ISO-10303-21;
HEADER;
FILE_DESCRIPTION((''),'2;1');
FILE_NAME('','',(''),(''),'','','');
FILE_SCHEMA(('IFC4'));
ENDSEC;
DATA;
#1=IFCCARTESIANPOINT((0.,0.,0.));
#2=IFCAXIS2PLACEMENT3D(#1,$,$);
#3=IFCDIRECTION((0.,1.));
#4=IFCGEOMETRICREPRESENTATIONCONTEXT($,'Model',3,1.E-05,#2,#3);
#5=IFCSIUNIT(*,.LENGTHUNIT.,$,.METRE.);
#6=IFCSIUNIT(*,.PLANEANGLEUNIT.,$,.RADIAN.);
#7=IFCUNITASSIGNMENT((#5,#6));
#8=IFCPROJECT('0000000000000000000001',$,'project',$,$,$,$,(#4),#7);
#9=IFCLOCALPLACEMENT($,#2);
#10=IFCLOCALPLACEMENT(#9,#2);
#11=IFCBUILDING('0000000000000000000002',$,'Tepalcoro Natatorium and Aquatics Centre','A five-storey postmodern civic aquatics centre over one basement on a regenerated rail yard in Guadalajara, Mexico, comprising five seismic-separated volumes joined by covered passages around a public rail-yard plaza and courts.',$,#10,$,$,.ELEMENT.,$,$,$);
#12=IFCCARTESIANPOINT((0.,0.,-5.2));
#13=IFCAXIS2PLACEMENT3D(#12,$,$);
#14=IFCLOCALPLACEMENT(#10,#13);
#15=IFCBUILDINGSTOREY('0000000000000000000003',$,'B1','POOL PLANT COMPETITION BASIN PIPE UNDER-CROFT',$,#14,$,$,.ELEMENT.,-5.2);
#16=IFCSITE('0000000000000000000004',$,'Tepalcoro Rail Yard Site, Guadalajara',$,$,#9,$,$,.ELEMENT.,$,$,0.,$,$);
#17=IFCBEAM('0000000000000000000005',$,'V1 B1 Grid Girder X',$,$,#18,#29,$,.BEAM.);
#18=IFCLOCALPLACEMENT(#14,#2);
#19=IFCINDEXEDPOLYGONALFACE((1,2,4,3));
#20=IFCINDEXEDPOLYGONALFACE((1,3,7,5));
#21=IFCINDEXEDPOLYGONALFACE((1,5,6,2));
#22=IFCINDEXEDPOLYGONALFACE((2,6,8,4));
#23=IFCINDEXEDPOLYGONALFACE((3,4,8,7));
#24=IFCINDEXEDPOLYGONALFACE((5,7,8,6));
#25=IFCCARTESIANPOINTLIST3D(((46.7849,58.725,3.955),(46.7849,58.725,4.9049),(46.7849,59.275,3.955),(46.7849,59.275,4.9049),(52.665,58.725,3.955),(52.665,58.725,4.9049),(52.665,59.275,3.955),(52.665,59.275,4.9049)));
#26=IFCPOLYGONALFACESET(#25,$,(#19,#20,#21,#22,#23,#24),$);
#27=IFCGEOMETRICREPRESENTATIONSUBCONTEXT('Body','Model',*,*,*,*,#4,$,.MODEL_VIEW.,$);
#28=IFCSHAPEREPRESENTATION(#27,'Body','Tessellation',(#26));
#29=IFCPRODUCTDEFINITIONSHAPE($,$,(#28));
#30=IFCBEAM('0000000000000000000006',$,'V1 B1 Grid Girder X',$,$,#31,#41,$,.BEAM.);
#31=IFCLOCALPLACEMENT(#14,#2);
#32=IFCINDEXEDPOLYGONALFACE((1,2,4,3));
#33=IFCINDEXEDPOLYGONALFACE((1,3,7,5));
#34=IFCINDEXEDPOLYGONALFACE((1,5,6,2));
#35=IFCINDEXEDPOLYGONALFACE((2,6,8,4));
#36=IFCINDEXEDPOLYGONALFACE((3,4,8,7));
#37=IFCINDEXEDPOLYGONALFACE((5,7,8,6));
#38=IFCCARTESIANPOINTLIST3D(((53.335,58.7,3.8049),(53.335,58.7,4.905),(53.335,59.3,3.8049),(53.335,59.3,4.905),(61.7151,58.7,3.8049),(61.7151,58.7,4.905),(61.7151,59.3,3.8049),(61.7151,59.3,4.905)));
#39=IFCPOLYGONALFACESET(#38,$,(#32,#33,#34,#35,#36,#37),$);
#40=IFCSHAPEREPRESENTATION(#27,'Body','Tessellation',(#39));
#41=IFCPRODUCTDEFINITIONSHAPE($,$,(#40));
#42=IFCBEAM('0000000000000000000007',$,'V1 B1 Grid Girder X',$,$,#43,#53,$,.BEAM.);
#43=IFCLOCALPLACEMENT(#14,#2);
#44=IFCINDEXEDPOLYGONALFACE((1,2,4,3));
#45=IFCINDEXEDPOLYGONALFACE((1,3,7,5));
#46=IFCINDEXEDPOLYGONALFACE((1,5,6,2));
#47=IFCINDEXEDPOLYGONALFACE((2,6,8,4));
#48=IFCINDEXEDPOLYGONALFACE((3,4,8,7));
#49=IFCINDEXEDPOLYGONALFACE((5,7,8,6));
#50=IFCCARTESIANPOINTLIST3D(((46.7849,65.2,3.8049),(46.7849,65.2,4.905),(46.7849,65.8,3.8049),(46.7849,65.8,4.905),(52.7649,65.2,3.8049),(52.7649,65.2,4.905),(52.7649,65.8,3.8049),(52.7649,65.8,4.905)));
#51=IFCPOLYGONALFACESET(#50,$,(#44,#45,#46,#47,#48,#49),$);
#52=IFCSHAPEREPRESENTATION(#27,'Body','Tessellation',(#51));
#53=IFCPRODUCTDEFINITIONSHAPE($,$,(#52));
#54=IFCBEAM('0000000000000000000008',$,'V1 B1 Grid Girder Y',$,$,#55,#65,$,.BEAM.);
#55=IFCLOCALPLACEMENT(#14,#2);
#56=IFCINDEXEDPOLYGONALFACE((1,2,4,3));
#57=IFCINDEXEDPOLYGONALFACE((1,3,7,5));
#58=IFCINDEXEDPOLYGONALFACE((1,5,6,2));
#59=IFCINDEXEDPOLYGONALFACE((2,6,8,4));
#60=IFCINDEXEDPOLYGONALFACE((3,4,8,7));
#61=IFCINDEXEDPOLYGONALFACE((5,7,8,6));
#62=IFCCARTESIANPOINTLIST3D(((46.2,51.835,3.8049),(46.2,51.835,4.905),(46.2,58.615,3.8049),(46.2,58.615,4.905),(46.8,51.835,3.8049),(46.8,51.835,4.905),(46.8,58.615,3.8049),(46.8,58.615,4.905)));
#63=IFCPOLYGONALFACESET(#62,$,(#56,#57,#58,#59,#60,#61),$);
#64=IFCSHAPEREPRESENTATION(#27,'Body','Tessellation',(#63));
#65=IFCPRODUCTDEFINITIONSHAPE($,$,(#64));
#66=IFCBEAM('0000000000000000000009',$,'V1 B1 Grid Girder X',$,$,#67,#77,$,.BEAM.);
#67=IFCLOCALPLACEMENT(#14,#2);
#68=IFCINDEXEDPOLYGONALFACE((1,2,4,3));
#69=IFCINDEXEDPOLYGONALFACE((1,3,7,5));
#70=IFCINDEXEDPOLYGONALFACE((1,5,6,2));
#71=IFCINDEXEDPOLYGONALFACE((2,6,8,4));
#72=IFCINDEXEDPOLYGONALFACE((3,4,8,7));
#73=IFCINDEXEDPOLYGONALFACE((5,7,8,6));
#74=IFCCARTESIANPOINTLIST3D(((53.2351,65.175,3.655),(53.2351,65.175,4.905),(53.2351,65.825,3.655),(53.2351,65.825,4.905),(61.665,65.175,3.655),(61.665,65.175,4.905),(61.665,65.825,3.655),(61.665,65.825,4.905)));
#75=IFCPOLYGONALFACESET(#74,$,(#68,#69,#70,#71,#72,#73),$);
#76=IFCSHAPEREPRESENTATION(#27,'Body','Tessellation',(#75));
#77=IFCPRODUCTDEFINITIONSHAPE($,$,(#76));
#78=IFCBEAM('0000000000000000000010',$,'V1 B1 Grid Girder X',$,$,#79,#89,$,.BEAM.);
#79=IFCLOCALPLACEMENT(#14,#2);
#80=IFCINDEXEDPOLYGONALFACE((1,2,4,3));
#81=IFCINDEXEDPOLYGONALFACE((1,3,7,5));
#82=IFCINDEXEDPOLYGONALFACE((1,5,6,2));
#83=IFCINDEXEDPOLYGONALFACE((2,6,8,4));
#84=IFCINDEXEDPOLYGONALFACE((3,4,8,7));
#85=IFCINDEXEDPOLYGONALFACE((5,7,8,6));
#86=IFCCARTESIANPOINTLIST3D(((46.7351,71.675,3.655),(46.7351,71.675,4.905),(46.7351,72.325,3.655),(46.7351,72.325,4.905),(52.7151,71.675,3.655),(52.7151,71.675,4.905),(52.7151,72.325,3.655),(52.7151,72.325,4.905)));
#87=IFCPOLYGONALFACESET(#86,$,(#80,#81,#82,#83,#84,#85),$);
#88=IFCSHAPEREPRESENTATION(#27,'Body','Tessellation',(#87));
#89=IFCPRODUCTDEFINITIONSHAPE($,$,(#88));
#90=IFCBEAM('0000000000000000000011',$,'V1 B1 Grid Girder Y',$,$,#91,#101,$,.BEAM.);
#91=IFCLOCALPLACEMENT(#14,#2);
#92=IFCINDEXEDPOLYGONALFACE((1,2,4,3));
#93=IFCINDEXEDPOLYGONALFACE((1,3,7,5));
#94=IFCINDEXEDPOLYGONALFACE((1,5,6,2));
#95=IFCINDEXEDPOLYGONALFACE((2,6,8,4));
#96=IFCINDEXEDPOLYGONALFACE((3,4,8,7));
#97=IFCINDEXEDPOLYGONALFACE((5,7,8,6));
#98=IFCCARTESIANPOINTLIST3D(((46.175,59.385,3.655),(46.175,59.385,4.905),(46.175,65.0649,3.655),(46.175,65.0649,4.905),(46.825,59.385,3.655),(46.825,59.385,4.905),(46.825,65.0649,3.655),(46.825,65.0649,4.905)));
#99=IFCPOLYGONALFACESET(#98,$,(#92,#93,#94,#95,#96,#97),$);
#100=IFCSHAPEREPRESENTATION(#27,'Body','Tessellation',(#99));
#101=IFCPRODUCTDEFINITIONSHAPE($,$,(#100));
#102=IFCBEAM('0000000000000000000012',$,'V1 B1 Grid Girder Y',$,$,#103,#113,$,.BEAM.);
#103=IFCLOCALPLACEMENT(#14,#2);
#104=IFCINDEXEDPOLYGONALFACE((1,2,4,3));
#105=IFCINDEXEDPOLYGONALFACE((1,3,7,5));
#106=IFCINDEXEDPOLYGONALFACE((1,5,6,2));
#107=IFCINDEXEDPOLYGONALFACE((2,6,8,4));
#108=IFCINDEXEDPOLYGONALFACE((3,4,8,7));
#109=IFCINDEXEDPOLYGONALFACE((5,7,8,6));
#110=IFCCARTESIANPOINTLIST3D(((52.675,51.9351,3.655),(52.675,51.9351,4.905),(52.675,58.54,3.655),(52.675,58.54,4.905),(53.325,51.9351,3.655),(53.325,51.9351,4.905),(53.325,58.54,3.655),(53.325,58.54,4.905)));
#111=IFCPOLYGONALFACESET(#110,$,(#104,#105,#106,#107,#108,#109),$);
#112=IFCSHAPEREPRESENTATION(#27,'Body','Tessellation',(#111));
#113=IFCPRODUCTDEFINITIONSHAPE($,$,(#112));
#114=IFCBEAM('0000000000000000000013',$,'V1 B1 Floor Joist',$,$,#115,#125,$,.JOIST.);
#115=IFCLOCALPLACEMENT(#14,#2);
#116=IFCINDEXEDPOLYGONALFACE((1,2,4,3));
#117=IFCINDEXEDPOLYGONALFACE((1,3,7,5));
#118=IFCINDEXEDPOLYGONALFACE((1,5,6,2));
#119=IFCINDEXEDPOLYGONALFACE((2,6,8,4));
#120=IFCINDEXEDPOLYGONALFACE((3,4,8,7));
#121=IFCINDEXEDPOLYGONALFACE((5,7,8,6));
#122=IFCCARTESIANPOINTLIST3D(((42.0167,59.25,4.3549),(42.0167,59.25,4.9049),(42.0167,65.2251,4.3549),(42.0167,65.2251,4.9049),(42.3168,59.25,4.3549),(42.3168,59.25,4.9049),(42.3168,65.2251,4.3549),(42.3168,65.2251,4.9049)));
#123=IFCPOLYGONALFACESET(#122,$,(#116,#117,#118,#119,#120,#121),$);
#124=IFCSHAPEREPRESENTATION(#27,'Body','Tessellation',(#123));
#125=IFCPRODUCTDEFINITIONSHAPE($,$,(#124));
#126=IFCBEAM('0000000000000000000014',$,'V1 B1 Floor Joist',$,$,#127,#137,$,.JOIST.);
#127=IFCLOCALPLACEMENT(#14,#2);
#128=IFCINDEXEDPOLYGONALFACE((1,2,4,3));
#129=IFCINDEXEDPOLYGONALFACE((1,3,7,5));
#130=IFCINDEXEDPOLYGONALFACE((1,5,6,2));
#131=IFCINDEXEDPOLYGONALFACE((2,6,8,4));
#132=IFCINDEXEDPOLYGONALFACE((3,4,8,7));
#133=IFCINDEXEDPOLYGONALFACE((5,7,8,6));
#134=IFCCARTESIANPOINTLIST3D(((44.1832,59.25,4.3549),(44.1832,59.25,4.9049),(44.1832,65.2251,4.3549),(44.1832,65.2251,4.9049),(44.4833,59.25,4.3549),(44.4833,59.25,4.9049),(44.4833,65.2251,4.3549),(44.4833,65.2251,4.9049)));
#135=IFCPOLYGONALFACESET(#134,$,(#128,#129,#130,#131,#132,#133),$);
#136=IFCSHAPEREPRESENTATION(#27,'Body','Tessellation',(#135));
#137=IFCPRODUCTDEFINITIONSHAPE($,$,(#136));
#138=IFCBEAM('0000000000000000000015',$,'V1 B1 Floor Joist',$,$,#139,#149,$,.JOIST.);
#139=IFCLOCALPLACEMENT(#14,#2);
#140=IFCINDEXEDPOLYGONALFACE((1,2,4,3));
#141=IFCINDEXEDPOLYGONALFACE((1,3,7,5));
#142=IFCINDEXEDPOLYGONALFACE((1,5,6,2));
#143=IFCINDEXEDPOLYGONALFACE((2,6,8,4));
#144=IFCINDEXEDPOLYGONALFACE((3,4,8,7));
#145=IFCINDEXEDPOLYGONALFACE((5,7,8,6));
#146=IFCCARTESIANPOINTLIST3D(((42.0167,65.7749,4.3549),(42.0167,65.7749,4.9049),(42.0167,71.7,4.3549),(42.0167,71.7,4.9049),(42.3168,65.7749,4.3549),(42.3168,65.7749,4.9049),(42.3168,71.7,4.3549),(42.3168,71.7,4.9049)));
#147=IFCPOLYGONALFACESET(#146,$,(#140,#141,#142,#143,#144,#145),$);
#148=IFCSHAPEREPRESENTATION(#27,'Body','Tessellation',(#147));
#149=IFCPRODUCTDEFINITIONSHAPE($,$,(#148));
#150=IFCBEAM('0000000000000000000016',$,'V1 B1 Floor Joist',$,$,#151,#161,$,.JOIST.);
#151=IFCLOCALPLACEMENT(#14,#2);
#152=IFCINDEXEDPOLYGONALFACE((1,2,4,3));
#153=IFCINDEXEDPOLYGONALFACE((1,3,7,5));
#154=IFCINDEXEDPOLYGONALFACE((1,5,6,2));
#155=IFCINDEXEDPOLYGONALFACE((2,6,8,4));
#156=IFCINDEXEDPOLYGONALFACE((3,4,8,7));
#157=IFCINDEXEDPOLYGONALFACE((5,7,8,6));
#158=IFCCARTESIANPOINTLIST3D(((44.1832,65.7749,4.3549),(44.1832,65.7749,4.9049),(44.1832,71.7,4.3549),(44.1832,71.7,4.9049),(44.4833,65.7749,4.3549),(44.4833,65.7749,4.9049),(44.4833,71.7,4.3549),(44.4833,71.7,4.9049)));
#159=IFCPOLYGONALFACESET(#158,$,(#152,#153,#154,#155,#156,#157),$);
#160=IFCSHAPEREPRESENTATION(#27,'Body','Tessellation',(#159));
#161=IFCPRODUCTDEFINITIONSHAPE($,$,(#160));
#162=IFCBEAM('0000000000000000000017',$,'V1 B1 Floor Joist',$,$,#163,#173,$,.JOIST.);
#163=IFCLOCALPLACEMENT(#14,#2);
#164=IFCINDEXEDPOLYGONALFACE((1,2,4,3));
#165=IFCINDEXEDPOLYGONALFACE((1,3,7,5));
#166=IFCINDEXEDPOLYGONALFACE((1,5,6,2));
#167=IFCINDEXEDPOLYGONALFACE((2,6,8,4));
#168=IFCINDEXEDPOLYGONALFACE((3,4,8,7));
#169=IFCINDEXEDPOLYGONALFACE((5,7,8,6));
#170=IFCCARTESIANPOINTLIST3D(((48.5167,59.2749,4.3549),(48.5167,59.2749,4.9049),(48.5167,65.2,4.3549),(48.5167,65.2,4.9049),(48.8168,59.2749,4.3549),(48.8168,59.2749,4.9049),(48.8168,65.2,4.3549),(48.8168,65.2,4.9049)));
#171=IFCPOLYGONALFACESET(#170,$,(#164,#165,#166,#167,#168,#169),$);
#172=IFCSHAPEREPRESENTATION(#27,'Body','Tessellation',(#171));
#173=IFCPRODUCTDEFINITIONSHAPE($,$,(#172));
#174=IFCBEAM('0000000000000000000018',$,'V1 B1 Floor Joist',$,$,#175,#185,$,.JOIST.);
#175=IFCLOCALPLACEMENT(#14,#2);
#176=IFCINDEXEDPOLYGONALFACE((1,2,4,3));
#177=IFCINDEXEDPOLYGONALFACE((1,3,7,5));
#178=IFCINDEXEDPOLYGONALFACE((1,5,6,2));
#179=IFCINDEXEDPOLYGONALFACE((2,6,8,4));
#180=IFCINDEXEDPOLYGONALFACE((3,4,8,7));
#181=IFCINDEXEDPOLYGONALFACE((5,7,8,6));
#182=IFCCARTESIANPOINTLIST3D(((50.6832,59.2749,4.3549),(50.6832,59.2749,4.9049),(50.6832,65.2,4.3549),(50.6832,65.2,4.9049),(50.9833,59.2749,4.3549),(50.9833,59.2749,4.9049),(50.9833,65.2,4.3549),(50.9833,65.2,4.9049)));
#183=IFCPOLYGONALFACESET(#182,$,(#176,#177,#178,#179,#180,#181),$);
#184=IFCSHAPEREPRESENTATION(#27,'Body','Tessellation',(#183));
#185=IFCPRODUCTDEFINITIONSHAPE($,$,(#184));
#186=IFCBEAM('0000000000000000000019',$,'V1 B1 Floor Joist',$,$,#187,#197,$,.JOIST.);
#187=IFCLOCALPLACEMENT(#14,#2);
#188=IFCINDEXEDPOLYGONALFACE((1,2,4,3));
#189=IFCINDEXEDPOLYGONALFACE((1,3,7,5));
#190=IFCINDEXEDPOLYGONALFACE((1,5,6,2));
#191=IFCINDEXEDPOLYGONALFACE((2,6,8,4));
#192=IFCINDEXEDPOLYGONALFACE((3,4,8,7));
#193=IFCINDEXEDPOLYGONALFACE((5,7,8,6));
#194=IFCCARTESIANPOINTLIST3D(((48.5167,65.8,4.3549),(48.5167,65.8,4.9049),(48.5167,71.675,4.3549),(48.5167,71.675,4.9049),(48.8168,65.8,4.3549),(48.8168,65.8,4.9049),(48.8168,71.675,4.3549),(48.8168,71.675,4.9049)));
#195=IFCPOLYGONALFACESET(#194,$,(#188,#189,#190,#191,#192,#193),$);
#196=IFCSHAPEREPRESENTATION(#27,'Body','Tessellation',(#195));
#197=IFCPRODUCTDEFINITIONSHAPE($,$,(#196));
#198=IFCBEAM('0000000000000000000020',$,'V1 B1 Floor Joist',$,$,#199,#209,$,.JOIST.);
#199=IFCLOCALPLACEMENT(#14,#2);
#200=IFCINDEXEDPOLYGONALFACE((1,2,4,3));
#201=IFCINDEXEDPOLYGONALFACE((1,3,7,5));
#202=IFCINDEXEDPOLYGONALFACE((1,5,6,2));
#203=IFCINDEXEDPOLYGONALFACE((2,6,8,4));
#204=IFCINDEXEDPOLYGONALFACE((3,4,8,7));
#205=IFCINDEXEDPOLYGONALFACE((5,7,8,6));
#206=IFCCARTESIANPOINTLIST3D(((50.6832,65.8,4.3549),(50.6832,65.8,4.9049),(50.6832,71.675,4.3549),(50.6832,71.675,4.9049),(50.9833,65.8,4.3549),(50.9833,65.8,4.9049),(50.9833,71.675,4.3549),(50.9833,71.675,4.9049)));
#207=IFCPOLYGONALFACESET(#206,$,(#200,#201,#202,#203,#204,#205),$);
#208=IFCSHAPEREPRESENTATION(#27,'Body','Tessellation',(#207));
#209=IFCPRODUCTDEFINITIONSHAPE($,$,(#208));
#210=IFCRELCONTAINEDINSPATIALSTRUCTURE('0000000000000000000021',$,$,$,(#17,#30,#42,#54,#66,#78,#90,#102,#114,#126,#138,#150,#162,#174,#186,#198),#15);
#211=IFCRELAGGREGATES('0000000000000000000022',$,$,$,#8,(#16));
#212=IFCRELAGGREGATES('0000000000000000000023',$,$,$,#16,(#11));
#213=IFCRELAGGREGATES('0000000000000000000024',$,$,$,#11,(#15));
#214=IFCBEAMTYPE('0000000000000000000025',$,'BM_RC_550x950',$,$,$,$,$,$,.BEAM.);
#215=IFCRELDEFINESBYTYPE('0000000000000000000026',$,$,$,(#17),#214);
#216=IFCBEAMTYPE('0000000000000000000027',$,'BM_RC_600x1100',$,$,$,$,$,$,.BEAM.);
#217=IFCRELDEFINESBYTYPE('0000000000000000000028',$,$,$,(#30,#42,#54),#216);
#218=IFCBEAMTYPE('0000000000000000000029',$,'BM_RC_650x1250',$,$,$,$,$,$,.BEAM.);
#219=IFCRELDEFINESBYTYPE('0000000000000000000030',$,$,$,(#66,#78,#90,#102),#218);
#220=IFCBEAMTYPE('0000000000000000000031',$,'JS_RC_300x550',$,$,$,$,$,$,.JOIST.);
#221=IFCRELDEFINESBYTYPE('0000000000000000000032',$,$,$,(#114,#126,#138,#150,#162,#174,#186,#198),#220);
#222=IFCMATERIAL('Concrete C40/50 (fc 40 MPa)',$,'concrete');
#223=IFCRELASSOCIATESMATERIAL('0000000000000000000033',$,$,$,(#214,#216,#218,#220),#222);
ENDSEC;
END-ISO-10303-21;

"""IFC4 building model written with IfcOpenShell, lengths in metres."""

from ifc_helpers import new_model, si_unit, direction, frame, origin, origin_2d, place, context, subcontext, project, spatial, rectangle, extrude, material, material_profile, profile_set, type_object, element, save


model = new_model("IFC4")

# Units and contexts
model_context = context("Model", 3, precision=1e-05, world=origin(), true_north=direction((0.0, 1.0)))
body_context = subcontext(model_context, "Body", "Model", "MODEL_VIEW")
ifc_project = project(units=[si_unit("LENGTHUNIT", "METRE"), si_unit("PLANEANGLEUNIT", "RADIAN")], contexts=[model_context])

# Site, building, storey
site_placement = place(None, origin())
site = spatial("IfcSite", under=ifc_project, at=site_placement, Name="Tepalcoro Rail Yard Site, Guadalajara", CompositionType="ELEMENT", RefElevation=0.0)
building_placement = place(site_placement, origin())
building = spatial("IfcBuilding", under=site, at=building_placement, Name="Tepalcoro Natatorium and Aquatics Centre", Description="A five-storey postmodern civic aquatics centre over one basement on a regenerated rail yard in Guadalajara, Mexico, comprising five seismic-separated volumes joined by covered passages around a public rail-yard plaza and courts.", CompositionType="ELEMENT")
storey_placement = place(building_placement, frame((0.0, 0.0, -5.2)))
storey = spatial("IfcBuildingStorey", under=building, at=storey_placement, Name="B1", Description="POOL PLANT COMPETITION BASIN PIPE UNDER-CROFT", CompositionType="ELEMENT", Elevation=-5.2)

# Shared definitions
ifc_material_1 = material(Name="Concrete C40/50 (fc 40 MPa)", Category="concrete")

# Beams
ifc_material_profile_1 = material_profile(ifc_material_1, rectangle(XDim=0.55, YDim=0.95, at=origin_2d()), Name="RCB550x950")
ifc_profile_set_1 = profile_set([ifc_material_profile_1], Name="Concrete C40/50 (fc 40 MPa)")
beam_type_1 = type_object("IfcBeamType", Name="BM_RC_550x950", PredefinedType="BEAM", material=ifc_profile_set_1)
beam_1_placement = place(storey_placement, frame((46.7849, 59.0, 4.4299), z_axis=(1.0, 0.0, 0.0), x_axis=(0.0, 1.0, 0.0)))
element("IfcBeam", 1, at=beam_1_placement, inside=storey, type_object=beam_type_1, Name="V1 B1 Grid Girder X", PredefinedType="BEAM", context=body_context, shape_type="SweptSolid", body=[
    extrude(rectangle(XDim=0.55, YDim=0.95, at=origin_2d()), origin(), (0.0, 0.0, 1.0), 5.8801),
])
ifc_material_profile_2 = material_profile(ifc_material_1, rectangle(XDim=0.6001, YDim=1.1001, at=origin_2d()), Name="RCB600x1100")
ifc_profile_set_2 = profile_set([ifc_material_profile_2], Name="Concrete C40/50 (fc 40 MPa)")
beam_type_2 = type_object("IfcBeamType", Name="BM_RC_600x1100", PredefinedType="BEAM", material=ifc_profile_set_2)
beam_2_placement = place(storey_placement, frame((53.335, 59.0, 4.355), z_axis=(1.0, 0.0, 0.0), x_axis=(0.0, 1.0, 0.0)))
element("IfcBeam", 2, at=beam_2_placement, inside=storey, type_object=beam_type_2, Name="V1 B1 Grid Girder X", PredefinedType="BEAM", context=body_context, shape_type="SweptSolid", body=[
    extrude(rectangle(XDim=0.6001, YDim=1.1001, at=origin_2d()), origin(), (0.0, 0.0, 1.0), 8.3801),
])
beam_3_placement = place(storey_placement, frame((46.7849, 65.5, 4.355), z_axis=(1.0, 0.0, 0.0), x_axis=(0.0, 1.0, 0.0)))
element("IfcBeam", 3, at=beam_3_placement, inside=storey, type_object=beam_type_2, Name="V1 B1 Grid Girder X", PredefinedType="BEAM", context=body_context, shape_type="SweptSolid", body=[
    extrude(rectangle(XDim=0.6001, YDim=1.1001, at=origin_2d()), origin(), (0.0, 0.0, 1.0), 5.98),
])
beam_4_placement = place(storey_placement, frame((46.5, 51.835, 4.355), z_axis=(0.0, 1.0, 0.0), x_axis=(-1.0, 0.0, 0.0)))
element("IfcBeam", 4, at=beam_4_placement, inside=storey, type_object=beam_type_2, Name="V1 B1 Grid Girder Y", PredefinedType="BEAM", context=body_context, shape_type="SweptSolid", body=[
    extrude(rectangle(XDim=0.6001, YDim=1.1001, at=origin_2d()), origin(), (0.0, 0.0, 1.0), 6.78),
])
ifc_material_profile_3 = material_profile(ifc_material_1, rectangle(XDim=0.6499, YDim=1.25, at=origin_2d()), Name="RCB650x1250")
ifc_profile_set_3 = profile_set([ifc_material_profile_3], Name="Concrete C40/50 (fc 40 MPa)")
beam_type_3 = type_object("IfcBeamType", Name="BM_RC_650x1250", PredefinedType="BEAM", material=ifc_profile_set_3)
beam_5_placement = place(storey_placement, frame((53.2351, 65.5, 4.28), z_axis=(1.0, 0.0, 0.0), x_axis=(0.0, 1.0, 0.0)))
element("IfcBeam", 5, at=beam_5_placement, inside=storey, type_object=beam_type_3, Name="V1 B1 Grid Girder X", PredefinedType="BEAM", context=body_context, shape_type="SweptSolid", body=[
    extrude(rectangle(XDim=0.6499, YDim=1.25, at=origin_2d()), origin(), (0.0, 0.0, 1.0), 8.4299),
])
beam_6_placement = place(storey_placement, frame((46.7351, 72.0, 4.28), z_axis=(1.0, 0.0, 0.0), x_axis=(0.0, 1.0, 0.0)))
element("IfcBeam", 6, at=beam_6_placement, inside=storey, type_object=beam_type_3, Name="V1 B1 Grid Girder X", PredefinedType="BEAM", context=body_context, shape_type="SweptSolid", body=[
    extrude(rectangle(XDim=0.6499, YDim=1.25, at=origin_2d()), origin(), (0.0, 0.0, 1.0), 5.98),
])
beam_7_placement = place(storey_placement, frame((46.5, 59.385, 4.28), z_axis=(0.0, 1.0, 0.0), x_axis=(-1.0, 0.0, 0.0)))
element("IfcBeam", 7, at=beam_7_placement, inside=storey, type_object=beam_type_3, Name="V1 B1 Grid Girder Y", PredefinedType="BEAM", context=body_context, shape_type="SweptSolid", body=[
    extrude(rectangle(XDim=0.6499, YDim=1.25, at=origin_2d()), origin(), (0.0, 0.0, 1.0), 5.6799),
])
beam_8_placement = place(storey_placement, frame((53.0, 51.9351, 4.28), z_axis=(0.0, 1.0, 0.0), x_axis=(-1.0, 0.0, 0.0)))
element("IfcBeam", 8, at=beam_8_placement, inside=storey, type_object=beam_type_3, Name="V1 B1 Grid Girder Y", PredefinedType="BEAM", context=body_context, shape_type="SweptSolid", body=[
    extrude(rectangle(XDim=0.6499, YDim=1.25, at=origin_2d()), origin(), (0.0, 0.0, 1.0), 6.605),
])
ifc_material_profile_4 = material_profile(ifc_material_1, rectangle(XDim=0.3, YDim=0.55, at=origin_2d()), Name="RCJ300x550")
ifc_profile_set_4 = profile_set([ifc_material_profile_4], Name="Concrete C40/50 (fc 40 MPa)")
beam_type_4 = type_object("IfcBeamType", Name="JS_RC_300x550", PredefinedType="JOIST", material=ifc_profile_set_4)
for number, where, z_axis, x_axis, name in (
    (9, (42.1667, 59.25, 4.6299), (0.0, 1.0, 0.0), (-1.0, 0.0, 0.0), "V1 B1 Floor Joist"),
    (10, (44.3333, 59.25, 4.6299), (0.0, 1.0, 0.0), (-1.0, 0.0, 0.0), "V1 B1 Floor Joist"),
):
    element("IfcBeam", number, at=place(storey_placement, frame(where, z_axis=z_axis, x_axis=x_axis)), inside=storey, type_object=beam_type_4, Name=name, PredefinedType="JOIST", context=body_context, shape_type="SweptSolid", body=[
        extrude(rectangle(XDim=0.3, YDim=0.55, at=origin_2d()), origin(), (0.0, 0.0, 1.0), 5.9751),
    ])
for number, where, z_axis, x_axis, name in (
    (11, (42.1667, 65.7749, 4.6299), (0.0, 1.0, 0.0), (-1.0, 0.0, 0.0), "V1 B1 Floor Joist"),
    (12, (44.3333, 65.7749, 4.6299), (0.0, 1.0, 0.0), (-1.0, 0.0, 0.0), "V1 B1 Floor Joist"),
    (13, (48.6667, 59.2749, 4.6299), (0.0, 1.0, 0.0), (-1.0, 0.0, 0.0), "V1 B1 Floor Joist"),
    (14, (50.8333, 59.2749, 4.6299), (0.0, 1.0, 0.0), (-1.0, 0.0, 0.0), "V1 B1 Floor Joist"),
):
    element("IfcBeam", number, at=place(storey_placement, frame(where, z_axis=z_axis, x_axis=x_axis)), inside=storey, type_object=beam_type_4, Name=name, PredefinedType="JOIST", context=body_context, shape_type="SweptSolid", body=[
        extrude(rectangle(XDim=0.3, YDim=0.55, at=origin_2d()), origin(), (0.0, 0.0, 1.0), 5.925),
    ])
for number, where, z_axis, x_axis, name in (
    (15, (48.6667, 65.8, 4.6299), (0.0, 1.0, 0.0), (-1.0, 0.0, 0.0), "V1 B1 Floor Joist"),
    (16, (50.8333, 65.8, 4.6299), (0.0, 1.0, 0.0), (-1.0, 0.0, 0.0), "V1 B1 Floor Joist"),
):
    element("IfcBeam", number, at=place(storey_placement, frame(where, z_axis=z_axis, x_axis=x_axis)), inside=storey, type_object=beam_type_4, Name=name, PredefinedType="JOIST", context=body_context, shape_type="SweptSolid", body=[
        extrude(rectangle(XDim=0.3, YDim=0.55, at=origin_2d()), origin(), (0.0, 0.0, 1.0), 5.875),
    ])

save(model, "model.ifc")
